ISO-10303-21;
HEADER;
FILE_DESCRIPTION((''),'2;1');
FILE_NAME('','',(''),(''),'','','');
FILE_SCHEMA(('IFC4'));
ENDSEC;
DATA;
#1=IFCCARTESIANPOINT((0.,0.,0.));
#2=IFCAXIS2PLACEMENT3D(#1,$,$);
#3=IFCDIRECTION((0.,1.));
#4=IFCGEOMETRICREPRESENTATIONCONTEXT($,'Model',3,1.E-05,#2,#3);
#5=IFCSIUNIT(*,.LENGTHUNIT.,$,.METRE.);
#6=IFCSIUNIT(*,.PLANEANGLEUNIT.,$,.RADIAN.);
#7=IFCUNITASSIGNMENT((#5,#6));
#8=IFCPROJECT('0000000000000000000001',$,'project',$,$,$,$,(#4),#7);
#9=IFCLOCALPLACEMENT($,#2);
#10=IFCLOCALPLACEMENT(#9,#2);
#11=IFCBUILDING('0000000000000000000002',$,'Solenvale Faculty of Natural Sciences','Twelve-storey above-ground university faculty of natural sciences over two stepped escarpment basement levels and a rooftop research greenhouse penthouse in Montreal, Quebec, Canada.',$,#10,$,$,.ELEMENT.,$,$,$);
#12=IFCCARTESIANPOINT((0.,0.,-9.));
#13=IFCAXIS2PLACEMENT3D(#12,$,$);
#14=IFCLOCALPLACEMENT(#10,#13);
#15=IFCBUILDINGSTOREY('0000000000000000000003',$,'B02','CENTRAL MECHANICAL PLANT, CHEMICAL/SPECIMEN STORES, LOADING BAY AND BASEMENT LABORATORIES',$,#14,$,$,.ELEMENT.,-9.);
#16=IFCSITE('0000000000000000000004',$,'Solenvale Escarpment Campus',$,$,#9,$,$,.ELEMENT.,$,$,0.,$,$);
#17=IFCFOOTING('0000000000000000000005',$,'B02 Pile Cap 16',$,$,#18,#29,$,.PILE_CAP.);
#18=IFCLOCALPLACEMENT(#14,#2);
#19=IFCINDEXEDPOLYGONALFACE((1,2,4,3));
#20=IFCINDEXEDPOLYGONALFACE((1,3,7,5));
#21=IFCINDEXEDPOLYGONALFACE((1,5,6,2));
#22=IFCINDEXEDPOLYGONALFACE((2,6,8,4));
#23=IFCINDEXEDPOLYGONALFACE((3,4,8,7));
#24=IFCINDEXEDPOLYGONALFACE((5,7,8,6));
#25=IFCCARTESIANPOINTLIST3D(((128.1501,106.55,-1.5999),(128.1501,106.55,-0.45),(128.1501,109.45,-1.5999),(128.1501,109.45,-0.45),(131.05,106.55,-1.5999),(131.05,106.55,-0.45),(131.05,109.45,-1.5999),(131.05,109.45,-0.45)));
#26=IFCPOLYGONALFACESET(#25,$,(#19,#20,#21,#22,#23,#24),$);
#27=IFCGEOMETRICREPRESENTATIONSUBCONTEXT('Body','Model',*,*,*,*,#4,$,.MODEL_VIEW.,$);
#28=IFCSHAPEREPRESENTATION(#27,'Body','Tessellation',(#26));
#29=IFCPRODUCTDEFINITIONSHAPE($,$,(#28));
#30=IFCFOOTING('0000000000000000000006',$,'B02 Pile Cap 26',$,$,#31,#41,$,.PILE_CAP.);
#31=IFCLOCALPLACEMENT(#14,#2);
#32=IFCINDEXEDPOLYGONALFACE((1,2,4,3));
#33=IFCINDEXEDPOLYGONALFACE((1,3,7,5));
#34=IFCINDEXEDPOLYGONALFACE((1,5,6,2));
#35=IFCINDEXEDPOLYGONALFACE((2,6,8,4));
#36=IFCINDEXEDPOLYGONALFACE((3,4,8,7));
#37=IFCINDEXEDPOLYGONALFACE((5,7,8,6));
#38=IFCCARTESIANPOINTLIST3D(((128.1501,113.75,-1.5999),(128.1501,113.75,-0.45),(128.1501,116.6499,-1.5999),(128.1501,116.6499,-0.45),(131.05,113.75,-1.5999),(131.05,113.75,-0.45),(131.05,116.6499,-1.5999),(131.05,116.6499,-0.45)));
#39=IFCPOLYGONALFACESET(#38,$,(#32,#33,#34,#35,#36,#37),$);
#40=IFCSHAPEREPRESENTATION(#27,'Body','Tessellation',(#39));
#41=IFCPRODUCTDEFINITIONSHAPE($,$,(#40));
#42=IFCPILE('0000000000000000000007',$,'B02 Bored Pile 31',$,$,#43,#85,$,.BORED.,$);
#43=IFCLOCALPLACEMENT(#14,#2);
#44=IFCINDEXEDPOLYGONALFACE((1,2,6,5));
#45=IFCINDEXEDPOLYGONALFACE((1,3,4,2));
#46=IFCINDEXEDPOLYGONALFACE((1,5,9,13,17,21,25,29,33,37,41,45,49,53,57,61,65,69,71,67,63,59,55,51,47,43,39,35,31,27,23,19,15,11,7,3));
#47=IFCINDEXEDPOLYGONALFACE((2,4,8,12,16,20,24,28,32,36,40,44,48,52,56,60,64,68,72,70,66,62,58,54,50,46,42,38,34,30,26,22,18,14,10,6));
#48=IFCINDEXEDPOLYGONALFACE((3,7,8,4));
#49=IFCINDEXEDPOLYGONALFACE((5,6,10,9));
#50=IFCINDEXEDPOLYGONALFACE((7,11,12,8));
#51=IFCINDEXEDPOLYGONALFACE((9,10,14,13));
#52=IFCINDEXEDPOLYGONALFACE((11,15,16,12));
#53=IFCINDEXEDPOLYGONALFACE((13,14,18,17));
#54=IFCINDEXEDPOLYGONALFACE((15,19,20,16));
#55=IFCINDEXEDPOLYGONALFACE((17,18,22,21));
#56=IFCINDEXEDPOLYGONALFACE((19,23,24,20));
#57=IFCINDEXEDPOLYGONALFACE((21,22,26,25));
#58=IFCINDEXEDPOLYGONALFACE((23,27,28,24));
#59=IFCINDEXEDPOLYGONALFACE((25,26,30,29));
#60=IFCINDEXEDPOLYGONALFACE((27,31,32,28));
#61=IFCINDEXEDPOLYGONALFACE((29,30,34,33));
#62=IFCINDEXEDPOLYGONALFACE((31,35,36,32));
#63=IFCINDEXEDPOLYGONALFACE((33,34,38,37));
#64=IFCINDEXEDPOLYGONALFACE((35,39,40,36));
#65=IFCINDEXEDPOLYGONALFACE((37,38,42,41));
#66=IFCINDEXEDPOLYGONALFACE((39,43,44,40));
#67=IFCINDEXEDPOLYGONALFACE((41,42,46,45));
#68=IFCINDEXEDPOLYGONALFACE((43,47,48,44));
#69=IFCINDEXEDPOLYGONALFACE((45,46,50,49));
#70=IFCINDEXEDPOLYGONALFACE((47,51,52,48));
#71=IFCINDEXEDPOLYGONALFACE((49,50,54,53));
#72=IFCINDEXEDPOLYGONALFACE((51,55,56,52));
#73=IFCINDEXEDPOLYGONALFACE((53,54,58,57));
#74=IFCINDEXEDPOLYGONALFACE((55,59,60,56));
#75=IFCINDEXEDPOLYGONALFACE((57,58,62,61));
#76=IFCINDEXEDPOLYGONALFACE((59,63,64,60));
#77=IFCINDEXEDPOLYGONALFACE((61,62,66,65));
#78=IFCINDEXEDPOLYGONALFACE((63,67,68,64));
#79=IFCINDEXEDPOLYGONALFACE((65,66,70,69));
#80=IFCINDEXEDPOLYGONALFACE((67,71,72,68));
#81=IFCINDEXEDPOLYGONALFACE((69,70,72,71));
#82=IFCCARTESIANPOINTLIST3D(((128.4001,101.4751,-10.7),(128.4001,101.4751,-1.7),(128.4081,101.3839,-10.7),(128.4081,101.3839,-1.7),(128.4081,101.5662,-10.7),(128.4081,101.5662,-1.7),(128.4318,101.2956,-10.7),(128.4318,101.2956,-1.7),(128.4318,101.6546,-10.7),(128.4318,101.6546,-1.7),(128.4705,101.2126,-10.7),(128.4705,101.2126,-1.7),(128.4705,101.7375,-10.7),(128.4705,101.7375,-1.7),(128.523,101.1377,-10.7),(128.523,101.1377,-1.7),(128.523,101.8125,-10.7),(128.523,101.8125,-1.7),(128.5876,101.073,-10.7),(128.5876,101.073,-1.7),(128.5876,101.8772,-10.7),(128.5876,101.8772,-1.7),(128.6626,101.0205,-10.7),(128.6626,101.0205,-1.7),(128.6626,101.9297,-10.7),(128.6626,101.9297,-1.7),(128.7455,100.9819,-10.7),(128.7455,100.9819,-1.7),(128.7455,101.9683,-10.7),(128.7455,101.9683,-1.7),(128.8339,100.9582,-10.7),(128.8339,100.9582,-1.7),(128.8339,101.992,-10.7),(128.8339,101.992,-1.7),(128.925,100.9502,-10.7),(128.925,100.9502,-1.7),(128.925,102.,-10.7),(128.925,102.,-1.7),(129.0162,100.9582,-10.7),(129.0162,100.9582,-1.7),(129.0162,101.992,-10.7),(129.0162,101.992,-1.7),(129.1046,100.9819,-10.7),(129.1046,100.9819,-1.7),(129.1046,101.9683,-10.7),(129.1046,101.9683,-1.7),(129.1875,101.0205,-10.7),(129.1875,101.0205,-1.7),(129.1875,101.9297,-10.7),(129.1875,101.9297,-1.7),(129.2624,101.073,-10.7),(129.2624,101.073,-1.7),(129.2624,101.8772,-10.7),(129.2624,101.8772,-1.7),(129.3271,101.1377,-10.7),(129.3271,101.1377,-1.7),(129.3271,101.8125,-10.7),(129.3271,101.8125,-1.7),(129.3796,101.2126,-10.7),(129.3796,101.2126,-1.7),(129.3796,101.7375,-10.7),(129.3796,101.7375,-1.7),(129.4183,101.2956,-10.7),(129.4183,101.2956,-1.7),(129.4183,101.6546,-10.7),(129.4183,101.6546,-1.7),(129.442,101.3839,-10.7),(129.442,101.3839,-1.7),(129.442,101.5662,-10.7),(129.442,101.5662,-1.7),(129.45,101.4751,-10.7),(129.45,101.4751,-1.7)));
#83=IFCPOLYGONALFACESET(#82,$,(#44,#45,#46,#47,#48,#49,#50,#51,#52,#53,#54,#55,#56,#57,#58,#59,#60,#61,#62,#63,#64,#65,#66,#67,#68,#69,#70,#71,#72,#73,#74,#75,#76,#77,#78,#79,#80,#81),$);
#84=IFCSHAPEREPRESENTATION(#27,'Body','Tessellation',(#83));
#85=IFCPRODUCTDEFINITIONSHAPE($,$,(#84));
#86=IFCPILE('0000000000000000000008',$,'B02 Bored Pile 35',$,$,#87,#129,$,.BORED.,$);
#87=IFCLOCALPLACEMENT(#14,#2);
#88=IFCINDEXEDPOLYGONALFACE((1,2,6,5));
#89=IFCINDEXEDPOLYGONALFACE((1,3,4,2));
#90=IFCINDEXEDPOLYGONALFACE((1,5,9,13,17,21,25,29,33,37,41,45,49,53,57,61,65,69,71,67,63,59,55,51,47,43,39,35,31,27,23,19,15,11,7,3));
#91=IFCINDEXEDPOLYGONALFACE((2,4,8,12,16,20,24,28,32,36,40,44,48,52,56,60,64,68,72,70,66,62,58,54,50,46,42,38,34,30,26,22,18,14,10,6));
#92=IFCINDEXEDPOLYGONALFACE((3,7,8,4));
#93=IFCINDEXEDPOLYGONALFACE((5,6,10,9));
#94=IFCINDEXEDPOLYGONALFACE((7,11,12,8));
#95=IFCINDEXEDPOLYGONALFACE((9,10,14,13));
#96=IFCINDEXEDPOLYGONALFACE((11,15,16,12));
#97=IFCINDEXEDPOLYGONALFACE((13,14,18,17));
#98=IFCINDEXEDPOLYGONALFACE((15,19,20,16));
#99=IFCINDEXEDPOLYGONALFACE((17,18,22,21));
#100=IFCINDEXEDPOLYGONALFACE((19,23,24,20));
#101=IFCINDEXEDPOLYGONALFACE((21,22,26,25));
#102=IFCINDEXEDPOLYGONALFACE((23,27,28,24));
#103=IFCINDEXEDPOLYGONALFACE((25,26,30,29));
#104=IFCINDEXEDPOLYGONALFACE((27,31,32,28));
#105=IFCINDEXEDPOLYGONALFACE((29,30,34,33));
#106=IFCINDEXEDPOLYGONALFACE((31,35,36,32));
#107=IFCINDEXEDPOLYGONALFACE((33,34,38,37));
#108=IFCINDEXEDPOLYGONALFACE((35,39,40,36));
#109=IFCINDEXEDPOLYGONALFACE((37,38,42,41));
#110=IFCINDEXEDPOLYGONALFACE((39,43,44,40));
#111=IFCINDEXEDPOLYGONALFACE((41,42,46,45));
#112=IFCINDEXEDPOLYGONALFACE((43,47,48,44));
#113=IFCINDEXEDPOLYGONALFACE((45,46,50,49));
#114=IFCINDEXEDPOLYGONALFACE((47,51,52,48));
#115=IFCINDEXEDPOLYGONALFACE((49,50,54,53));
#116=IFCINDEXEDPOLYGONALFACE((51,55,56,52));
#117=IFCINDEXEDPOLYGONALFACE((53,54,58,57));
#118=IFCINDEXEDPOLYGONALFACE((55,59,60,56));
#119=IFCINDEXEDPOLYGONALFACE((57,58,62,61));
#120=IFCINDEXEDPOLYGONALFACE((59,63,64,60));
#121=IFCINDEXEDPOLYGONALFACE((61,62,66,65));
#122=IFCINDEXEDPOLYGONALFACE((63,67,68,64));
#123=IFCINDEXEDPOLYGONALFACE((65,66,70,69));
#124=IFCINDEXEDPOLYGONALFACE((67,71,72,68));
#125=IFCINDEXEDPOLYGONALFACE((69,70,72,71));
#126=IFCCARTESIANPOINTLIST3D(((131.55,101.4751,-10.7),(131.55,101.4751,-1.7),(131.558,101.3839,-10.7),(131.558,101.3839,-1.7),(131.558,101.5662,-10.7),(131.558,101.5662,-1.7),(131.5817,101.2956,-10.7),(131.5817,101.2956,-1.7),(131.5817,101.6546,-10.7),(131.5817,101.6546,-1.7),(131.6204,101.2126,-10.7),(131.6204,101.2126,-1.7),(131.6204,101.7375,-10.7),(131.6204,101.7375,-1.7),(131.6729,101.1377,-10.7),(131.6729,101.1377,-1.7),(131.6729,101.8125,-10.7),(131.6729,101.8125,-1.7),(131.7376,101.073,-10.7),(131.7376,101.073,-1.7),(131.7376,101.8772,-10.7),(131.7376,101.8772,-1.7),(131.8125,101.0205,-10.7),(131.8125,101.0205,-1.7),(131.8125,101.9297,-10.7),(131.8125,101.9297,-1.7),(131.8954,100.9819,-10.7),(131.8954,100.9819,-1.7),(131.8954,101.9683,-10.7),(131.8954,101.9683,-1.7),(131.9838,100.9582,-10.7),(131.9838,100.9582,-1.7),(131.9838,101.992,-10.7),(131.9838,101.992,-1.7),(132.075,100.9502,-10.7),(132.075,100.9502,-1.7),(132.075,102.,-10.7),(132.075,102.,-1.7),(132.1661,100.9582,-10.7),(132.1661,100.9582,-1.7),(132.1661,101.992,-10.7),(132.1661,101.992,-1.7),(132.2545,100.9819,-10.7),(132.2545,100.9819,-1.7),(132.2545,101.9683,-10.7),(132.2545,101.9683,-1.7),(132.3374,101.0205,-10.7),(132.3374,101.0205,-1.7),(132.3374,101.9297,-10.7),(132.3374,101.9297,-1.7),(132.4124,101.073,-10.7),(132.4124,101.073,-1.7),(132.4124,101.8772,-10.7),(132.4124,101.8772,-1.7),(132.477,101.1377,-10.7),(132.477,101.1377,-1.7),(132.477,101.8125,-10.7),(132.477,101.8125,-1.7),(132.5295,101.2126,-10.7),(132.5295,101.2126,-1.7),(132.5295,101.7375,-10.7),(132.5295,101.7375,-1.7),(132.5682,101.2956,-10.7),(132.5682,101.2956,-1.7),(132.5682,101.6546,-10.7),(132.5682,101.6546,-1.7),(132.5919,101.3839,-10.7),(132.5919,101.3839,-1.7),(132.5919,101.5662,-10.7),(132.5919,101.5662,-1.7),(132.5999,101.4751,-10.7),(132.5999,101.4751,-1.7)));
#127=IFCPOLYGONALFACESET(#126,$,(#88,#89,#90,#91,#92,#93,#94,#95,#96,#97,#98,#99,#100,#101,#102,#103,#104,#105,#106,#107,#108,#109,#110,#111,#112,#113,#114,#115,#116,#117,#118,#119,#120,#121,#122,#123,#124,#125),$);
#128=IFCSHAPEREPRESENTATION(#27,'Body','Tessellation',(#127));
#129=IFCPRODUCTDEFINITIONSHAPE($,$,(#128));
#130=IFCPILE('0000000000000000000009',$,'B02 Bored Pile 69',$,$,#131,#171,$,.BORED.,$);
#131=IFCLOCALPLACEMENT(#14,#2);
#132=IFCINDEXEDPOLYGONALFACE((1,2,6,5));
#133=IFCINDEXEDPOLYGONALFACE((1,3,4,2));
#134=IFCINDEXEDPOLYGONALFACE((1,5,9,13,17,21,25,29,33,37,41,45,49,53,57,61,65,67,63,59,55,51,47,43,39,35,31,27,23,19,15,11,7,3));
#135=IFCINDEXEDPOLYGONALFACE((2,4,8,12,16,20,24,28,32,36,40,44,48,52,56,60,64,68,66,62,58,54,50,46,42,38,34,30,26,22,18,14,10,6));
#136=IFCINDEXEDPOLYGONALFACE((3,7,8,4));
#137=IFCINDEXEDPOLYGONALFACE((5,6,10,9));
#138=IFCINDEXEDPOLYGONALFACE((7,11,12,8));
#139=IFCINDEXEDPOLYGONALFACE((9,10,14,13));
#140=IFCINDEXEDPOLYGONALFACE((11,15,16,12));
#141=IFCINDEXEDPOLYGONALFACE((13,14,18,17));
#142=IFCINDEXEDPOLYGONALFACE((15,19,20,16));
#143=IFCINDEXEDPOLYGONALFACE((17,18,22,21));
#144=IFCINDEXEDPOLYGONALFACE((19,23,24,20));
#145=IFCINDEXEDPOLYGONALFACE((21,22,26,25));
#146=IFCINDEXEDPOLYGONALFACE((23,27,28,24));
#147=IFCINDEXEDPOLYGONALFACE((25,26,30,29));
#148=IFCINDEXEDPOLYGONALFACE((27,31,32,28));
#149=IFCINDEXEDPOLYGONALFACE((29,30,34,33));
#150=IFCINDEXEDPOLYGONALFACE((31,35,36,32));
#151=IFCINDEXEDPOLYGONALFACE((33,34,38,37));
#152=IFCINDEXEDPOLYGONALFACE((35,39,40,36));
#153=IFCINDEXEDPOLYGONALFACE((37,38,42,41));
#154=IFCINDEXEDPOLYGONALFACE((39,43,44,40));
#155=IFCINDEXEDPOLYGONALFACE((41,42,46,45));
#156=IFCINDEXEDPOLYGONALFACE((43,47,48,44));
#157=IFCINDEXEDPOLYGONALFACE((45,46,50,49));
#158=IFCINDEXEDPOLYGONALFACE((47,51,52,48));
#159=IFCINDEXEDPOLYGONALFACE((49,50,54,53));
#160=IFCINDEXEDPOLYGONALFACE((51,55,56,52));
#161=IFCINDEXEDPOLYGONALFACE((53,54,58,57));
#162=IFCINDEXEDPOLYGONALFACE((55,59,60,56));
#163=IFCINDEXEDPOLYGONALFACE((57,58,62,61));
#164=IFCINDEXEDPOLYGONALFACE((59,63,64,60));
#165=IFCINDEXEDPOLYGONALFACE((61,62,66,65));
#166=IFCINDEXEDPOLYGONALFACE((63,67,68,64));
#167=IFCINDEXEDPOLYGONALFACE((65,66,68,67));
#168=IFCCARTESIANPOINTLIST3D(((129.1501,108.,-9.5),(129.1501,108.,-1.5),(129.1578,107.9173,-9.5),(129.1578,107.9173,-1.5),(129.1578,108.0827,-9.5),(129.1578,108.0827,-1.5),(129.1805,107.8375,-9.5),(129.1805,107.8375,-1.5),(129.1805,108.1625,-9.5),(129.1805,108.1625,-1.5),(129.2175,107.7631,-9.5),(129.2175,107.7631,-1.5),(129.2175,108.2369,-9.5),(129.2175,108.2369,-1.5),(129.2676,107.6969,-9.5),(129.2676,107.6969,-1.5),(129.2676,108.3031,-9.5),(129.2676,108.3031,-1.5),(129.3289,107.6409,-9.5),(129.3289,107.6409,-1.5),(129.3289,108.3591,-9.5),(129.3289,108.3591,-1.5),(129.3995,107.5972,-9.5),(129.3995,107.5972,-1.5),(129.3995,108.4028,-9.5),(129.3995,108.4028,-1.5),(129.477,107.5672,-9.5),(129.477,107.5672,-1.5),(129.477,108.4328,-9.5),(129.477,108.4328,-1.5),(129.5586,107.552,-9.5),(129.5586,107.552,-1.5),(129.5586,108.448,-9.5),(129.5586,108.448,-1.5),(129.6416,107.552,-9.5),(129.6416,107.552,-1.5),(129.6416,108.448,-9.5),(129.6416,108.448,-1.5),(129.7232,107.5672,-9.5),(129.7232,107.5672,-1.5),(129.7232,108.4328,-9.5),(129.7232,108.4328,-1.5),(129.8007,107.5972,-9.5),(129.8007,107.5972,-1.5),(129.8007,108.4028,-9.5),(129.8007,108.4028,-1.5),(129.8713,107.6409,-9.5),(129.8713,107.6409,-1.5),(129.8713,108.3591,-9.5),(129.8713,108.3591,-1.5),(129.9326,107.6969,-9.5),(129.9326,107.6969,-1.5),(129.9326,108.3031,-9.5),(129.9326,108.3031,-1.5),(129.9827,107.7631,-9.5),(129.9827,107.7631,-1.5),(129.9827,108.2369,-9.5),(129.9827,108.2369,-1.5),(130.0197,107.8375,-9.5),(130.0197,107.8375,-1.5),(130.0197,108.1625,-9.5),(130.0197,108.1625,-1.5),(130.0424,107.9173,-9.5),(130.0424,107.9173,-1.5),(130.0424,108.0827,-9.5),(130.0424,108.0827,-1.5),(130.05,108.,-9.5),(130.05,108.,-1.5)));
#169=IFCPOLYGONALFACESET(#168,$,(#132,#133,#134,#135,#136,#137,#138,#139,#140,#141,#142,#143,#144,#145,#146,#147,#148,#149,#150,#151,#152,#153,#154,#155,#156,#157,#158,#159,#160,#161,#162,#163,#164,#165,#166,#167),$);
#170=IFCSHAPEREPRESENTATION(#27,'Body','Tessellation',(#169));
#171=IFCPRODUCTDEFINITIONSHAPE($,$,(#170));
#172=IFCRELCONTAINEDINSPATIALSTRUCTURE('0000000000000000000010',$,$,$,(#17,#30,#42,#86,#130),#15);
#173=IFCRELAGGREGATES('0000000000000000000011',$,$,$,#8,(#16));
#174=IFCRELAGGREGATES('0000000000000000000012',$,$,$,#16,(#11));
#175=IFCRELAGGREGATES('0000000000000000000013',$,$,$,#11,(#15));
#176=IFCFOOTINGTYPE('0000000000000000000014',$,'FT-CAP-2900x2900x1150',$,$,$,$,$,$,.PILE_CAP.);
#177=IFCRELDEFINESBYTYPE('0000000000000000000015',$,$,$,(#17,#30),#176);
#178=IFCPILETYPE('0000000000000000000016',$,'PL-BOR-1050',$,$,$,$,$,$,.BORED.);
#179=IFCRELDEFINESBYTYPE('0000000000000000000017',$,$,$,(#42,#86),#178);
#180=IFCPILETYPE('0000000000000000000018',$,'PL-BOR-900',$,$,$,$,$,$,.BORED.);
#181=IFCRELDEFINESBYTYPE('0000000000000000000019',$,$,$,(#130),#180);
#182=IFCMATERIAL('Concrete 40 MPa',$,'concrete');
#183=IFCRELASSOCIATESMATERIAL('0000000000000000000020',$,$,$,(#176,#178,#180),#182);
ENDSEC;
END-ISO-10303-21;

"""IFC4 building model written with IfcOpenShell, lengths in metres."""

from ifc_helpers import new_model, si_unit, direction, frame, origin, origin_2d, place, context, subcontext, project, spatial, rectangle, circle, extrude, material, material_profile, profile_set, type_object, element, save


model = new_model("IFC4")

# Units and contexts
model_context = context("Model", 3, precision=1e-05, world=origin(), true_north=direction((0.0, 1.0)))
body_context = subcontext(model_context, "Body", "Model", "MODEL_VIEW")
ifc_project = project(units=[si_unit("LENGTHUNIT", "METRE"), si_unit("PLANEANGLEUNIT", "RADIAN")], contexts=[model_context])

# Site, building, storey
site_placement = place(None, origin())
site = spatial("IfcSite", under=ifc_project, at=site_placement, Name="Solenvale Escarpment Campus", CompositionType="ELEMENT", RefElevation=0.0)
building_placement = place(site_placement, origin())
building = spatial("IfcBuilding", under=site, at=building_placement, Name="Solenvale Faculty of Natural Sciences", Description="Twelve-storey above-ground university faculty of natural sciences over two stepped escarpment basement levels and a rooftop research greenhouse penthouse in Montreal, Quebec, Canada.", CompositionType="ELEMENT")
storey_placement = place(building_placement, frame((0.0, 0.0, -9.0)))
storey = spatial("IfcBuildingStorey", under=building, at=storey_placement, Name="B02", Description="CENTRAL MECHANICAL PLANT, CHEMICAL/SPECIMEN STORES, LOADING BAY AND BASEMENT LABORATORIES", CompositionType="ELEMENT", Elevation=-9.0)

# Footings
ifc_material_1 = material(Name="Concrete 40 MPa", Category="concrete")
footing_type = type_object("IfcFootingType", Name="FT-CAP-2900x2900x1150", PredefinedType="PILE_CAP", material=ifc_material_1)
for number, where, z_axis, x_axis, name in (
    (1, (129.6001, 108.0, -1.5999), (0.0, 0.0, 1.0), (1.0, 0.0, 0.0), "B02 Pile Cap 16"),
    (2, (129.6001, 115.2, -1.5999), (0.0, 0.0, 1.0), (1.0, 0.0, 0.0), "B02 Pile Cap 26"),
):
    element("IfcFooting", number, at=place(storey_placement, frame(where, z_axis=z_axis, x_axis=x_axis)), inside=storey, type_object=footing_type, Name=name, PredefinedType="PILE_CAP", context=body_context, shape_type="SweptSolid", body=[
        extrude(rectangle(XDim=2.8999, YDim=2.8999, at=origin_2d()), origin(), (0.0, 0.0, 1.0), 1.1499),
    ])

# Piles
ifc_material_profile_1 = material_profile(ifc_material_1, circle(Radius=0.5249, at=origin_2d()), Name="PILE-D1050")
ifc_profile_set_1 = profile_set([ifc_material_profile_1], Name="Concrete 40 MPa")
pile_type_1 = type_object("IfcPileType", Name="PL-BOR-1050", PredefinedType="BORED", material=ifc_profile_set_1)
for number, where, z_axis, x_axis, name in (
    (3, (128.925, 101.4751, -1.7), (0.0, 0.0, -1.0), (1.0, 0.0, 0.0), "B02 Bored Pile 31"),
    (4, (132.075, 101.4751, -1.7), (0.0, 0.0, -1.0), (1.0, 0.0, 0.0), "B02 Bored Pile 35"),
):
    element("IfcPile", number, at=place(storey_placement, frame(where, z_axis=z_axis, x_axis=x_axis)), inside=storey, type_object=pile_type_1, Name=name, PredefinedType="BORED", context=body_context, shape_type="SweptSolid", body=[
        extrude(circle(Radius=0.5249, at=origin_2d()), origin(), (0.0, 0.0, 1.0), 9.0),
    ])
ifc_material_profile_2 = material_profile(ifc_material_1, circle(Radius=0.45, at=origin_2d()), Name="PILE-D900")
ifc_profile_set_2 = profile_set([ifc_material_profile_2], Name="Concrete 40 MPa")
pile_type_2 = type_object("IfcPileType", Name="PL-BOR-900", PredefinedType="BORED", material=ifc_profile_set_2)
for number, where, z_axis, x_axis, name in (
    (5, (129.6001, 108.0, -1.5), (0.0, 0.0, -1.0), (1.0, 0.0, 0.0), "B02 Bored Pile 69"),
):
    element("IfcPile", number, at=place(storey_placement, frame(where, z_axis=z_axis, x_axis=x_axis)), inside=storey, type_object=pile_type_2, Name=name, PredefinedType="BORED", context=body_context, shape_type="SweptSolid", body=[
        extrude(circle(Radius=0.45, at=origin_2d()), origin(), (0.0, 0.0, 1.0), 8.0),
    ])

save(model, "model.ifc")
